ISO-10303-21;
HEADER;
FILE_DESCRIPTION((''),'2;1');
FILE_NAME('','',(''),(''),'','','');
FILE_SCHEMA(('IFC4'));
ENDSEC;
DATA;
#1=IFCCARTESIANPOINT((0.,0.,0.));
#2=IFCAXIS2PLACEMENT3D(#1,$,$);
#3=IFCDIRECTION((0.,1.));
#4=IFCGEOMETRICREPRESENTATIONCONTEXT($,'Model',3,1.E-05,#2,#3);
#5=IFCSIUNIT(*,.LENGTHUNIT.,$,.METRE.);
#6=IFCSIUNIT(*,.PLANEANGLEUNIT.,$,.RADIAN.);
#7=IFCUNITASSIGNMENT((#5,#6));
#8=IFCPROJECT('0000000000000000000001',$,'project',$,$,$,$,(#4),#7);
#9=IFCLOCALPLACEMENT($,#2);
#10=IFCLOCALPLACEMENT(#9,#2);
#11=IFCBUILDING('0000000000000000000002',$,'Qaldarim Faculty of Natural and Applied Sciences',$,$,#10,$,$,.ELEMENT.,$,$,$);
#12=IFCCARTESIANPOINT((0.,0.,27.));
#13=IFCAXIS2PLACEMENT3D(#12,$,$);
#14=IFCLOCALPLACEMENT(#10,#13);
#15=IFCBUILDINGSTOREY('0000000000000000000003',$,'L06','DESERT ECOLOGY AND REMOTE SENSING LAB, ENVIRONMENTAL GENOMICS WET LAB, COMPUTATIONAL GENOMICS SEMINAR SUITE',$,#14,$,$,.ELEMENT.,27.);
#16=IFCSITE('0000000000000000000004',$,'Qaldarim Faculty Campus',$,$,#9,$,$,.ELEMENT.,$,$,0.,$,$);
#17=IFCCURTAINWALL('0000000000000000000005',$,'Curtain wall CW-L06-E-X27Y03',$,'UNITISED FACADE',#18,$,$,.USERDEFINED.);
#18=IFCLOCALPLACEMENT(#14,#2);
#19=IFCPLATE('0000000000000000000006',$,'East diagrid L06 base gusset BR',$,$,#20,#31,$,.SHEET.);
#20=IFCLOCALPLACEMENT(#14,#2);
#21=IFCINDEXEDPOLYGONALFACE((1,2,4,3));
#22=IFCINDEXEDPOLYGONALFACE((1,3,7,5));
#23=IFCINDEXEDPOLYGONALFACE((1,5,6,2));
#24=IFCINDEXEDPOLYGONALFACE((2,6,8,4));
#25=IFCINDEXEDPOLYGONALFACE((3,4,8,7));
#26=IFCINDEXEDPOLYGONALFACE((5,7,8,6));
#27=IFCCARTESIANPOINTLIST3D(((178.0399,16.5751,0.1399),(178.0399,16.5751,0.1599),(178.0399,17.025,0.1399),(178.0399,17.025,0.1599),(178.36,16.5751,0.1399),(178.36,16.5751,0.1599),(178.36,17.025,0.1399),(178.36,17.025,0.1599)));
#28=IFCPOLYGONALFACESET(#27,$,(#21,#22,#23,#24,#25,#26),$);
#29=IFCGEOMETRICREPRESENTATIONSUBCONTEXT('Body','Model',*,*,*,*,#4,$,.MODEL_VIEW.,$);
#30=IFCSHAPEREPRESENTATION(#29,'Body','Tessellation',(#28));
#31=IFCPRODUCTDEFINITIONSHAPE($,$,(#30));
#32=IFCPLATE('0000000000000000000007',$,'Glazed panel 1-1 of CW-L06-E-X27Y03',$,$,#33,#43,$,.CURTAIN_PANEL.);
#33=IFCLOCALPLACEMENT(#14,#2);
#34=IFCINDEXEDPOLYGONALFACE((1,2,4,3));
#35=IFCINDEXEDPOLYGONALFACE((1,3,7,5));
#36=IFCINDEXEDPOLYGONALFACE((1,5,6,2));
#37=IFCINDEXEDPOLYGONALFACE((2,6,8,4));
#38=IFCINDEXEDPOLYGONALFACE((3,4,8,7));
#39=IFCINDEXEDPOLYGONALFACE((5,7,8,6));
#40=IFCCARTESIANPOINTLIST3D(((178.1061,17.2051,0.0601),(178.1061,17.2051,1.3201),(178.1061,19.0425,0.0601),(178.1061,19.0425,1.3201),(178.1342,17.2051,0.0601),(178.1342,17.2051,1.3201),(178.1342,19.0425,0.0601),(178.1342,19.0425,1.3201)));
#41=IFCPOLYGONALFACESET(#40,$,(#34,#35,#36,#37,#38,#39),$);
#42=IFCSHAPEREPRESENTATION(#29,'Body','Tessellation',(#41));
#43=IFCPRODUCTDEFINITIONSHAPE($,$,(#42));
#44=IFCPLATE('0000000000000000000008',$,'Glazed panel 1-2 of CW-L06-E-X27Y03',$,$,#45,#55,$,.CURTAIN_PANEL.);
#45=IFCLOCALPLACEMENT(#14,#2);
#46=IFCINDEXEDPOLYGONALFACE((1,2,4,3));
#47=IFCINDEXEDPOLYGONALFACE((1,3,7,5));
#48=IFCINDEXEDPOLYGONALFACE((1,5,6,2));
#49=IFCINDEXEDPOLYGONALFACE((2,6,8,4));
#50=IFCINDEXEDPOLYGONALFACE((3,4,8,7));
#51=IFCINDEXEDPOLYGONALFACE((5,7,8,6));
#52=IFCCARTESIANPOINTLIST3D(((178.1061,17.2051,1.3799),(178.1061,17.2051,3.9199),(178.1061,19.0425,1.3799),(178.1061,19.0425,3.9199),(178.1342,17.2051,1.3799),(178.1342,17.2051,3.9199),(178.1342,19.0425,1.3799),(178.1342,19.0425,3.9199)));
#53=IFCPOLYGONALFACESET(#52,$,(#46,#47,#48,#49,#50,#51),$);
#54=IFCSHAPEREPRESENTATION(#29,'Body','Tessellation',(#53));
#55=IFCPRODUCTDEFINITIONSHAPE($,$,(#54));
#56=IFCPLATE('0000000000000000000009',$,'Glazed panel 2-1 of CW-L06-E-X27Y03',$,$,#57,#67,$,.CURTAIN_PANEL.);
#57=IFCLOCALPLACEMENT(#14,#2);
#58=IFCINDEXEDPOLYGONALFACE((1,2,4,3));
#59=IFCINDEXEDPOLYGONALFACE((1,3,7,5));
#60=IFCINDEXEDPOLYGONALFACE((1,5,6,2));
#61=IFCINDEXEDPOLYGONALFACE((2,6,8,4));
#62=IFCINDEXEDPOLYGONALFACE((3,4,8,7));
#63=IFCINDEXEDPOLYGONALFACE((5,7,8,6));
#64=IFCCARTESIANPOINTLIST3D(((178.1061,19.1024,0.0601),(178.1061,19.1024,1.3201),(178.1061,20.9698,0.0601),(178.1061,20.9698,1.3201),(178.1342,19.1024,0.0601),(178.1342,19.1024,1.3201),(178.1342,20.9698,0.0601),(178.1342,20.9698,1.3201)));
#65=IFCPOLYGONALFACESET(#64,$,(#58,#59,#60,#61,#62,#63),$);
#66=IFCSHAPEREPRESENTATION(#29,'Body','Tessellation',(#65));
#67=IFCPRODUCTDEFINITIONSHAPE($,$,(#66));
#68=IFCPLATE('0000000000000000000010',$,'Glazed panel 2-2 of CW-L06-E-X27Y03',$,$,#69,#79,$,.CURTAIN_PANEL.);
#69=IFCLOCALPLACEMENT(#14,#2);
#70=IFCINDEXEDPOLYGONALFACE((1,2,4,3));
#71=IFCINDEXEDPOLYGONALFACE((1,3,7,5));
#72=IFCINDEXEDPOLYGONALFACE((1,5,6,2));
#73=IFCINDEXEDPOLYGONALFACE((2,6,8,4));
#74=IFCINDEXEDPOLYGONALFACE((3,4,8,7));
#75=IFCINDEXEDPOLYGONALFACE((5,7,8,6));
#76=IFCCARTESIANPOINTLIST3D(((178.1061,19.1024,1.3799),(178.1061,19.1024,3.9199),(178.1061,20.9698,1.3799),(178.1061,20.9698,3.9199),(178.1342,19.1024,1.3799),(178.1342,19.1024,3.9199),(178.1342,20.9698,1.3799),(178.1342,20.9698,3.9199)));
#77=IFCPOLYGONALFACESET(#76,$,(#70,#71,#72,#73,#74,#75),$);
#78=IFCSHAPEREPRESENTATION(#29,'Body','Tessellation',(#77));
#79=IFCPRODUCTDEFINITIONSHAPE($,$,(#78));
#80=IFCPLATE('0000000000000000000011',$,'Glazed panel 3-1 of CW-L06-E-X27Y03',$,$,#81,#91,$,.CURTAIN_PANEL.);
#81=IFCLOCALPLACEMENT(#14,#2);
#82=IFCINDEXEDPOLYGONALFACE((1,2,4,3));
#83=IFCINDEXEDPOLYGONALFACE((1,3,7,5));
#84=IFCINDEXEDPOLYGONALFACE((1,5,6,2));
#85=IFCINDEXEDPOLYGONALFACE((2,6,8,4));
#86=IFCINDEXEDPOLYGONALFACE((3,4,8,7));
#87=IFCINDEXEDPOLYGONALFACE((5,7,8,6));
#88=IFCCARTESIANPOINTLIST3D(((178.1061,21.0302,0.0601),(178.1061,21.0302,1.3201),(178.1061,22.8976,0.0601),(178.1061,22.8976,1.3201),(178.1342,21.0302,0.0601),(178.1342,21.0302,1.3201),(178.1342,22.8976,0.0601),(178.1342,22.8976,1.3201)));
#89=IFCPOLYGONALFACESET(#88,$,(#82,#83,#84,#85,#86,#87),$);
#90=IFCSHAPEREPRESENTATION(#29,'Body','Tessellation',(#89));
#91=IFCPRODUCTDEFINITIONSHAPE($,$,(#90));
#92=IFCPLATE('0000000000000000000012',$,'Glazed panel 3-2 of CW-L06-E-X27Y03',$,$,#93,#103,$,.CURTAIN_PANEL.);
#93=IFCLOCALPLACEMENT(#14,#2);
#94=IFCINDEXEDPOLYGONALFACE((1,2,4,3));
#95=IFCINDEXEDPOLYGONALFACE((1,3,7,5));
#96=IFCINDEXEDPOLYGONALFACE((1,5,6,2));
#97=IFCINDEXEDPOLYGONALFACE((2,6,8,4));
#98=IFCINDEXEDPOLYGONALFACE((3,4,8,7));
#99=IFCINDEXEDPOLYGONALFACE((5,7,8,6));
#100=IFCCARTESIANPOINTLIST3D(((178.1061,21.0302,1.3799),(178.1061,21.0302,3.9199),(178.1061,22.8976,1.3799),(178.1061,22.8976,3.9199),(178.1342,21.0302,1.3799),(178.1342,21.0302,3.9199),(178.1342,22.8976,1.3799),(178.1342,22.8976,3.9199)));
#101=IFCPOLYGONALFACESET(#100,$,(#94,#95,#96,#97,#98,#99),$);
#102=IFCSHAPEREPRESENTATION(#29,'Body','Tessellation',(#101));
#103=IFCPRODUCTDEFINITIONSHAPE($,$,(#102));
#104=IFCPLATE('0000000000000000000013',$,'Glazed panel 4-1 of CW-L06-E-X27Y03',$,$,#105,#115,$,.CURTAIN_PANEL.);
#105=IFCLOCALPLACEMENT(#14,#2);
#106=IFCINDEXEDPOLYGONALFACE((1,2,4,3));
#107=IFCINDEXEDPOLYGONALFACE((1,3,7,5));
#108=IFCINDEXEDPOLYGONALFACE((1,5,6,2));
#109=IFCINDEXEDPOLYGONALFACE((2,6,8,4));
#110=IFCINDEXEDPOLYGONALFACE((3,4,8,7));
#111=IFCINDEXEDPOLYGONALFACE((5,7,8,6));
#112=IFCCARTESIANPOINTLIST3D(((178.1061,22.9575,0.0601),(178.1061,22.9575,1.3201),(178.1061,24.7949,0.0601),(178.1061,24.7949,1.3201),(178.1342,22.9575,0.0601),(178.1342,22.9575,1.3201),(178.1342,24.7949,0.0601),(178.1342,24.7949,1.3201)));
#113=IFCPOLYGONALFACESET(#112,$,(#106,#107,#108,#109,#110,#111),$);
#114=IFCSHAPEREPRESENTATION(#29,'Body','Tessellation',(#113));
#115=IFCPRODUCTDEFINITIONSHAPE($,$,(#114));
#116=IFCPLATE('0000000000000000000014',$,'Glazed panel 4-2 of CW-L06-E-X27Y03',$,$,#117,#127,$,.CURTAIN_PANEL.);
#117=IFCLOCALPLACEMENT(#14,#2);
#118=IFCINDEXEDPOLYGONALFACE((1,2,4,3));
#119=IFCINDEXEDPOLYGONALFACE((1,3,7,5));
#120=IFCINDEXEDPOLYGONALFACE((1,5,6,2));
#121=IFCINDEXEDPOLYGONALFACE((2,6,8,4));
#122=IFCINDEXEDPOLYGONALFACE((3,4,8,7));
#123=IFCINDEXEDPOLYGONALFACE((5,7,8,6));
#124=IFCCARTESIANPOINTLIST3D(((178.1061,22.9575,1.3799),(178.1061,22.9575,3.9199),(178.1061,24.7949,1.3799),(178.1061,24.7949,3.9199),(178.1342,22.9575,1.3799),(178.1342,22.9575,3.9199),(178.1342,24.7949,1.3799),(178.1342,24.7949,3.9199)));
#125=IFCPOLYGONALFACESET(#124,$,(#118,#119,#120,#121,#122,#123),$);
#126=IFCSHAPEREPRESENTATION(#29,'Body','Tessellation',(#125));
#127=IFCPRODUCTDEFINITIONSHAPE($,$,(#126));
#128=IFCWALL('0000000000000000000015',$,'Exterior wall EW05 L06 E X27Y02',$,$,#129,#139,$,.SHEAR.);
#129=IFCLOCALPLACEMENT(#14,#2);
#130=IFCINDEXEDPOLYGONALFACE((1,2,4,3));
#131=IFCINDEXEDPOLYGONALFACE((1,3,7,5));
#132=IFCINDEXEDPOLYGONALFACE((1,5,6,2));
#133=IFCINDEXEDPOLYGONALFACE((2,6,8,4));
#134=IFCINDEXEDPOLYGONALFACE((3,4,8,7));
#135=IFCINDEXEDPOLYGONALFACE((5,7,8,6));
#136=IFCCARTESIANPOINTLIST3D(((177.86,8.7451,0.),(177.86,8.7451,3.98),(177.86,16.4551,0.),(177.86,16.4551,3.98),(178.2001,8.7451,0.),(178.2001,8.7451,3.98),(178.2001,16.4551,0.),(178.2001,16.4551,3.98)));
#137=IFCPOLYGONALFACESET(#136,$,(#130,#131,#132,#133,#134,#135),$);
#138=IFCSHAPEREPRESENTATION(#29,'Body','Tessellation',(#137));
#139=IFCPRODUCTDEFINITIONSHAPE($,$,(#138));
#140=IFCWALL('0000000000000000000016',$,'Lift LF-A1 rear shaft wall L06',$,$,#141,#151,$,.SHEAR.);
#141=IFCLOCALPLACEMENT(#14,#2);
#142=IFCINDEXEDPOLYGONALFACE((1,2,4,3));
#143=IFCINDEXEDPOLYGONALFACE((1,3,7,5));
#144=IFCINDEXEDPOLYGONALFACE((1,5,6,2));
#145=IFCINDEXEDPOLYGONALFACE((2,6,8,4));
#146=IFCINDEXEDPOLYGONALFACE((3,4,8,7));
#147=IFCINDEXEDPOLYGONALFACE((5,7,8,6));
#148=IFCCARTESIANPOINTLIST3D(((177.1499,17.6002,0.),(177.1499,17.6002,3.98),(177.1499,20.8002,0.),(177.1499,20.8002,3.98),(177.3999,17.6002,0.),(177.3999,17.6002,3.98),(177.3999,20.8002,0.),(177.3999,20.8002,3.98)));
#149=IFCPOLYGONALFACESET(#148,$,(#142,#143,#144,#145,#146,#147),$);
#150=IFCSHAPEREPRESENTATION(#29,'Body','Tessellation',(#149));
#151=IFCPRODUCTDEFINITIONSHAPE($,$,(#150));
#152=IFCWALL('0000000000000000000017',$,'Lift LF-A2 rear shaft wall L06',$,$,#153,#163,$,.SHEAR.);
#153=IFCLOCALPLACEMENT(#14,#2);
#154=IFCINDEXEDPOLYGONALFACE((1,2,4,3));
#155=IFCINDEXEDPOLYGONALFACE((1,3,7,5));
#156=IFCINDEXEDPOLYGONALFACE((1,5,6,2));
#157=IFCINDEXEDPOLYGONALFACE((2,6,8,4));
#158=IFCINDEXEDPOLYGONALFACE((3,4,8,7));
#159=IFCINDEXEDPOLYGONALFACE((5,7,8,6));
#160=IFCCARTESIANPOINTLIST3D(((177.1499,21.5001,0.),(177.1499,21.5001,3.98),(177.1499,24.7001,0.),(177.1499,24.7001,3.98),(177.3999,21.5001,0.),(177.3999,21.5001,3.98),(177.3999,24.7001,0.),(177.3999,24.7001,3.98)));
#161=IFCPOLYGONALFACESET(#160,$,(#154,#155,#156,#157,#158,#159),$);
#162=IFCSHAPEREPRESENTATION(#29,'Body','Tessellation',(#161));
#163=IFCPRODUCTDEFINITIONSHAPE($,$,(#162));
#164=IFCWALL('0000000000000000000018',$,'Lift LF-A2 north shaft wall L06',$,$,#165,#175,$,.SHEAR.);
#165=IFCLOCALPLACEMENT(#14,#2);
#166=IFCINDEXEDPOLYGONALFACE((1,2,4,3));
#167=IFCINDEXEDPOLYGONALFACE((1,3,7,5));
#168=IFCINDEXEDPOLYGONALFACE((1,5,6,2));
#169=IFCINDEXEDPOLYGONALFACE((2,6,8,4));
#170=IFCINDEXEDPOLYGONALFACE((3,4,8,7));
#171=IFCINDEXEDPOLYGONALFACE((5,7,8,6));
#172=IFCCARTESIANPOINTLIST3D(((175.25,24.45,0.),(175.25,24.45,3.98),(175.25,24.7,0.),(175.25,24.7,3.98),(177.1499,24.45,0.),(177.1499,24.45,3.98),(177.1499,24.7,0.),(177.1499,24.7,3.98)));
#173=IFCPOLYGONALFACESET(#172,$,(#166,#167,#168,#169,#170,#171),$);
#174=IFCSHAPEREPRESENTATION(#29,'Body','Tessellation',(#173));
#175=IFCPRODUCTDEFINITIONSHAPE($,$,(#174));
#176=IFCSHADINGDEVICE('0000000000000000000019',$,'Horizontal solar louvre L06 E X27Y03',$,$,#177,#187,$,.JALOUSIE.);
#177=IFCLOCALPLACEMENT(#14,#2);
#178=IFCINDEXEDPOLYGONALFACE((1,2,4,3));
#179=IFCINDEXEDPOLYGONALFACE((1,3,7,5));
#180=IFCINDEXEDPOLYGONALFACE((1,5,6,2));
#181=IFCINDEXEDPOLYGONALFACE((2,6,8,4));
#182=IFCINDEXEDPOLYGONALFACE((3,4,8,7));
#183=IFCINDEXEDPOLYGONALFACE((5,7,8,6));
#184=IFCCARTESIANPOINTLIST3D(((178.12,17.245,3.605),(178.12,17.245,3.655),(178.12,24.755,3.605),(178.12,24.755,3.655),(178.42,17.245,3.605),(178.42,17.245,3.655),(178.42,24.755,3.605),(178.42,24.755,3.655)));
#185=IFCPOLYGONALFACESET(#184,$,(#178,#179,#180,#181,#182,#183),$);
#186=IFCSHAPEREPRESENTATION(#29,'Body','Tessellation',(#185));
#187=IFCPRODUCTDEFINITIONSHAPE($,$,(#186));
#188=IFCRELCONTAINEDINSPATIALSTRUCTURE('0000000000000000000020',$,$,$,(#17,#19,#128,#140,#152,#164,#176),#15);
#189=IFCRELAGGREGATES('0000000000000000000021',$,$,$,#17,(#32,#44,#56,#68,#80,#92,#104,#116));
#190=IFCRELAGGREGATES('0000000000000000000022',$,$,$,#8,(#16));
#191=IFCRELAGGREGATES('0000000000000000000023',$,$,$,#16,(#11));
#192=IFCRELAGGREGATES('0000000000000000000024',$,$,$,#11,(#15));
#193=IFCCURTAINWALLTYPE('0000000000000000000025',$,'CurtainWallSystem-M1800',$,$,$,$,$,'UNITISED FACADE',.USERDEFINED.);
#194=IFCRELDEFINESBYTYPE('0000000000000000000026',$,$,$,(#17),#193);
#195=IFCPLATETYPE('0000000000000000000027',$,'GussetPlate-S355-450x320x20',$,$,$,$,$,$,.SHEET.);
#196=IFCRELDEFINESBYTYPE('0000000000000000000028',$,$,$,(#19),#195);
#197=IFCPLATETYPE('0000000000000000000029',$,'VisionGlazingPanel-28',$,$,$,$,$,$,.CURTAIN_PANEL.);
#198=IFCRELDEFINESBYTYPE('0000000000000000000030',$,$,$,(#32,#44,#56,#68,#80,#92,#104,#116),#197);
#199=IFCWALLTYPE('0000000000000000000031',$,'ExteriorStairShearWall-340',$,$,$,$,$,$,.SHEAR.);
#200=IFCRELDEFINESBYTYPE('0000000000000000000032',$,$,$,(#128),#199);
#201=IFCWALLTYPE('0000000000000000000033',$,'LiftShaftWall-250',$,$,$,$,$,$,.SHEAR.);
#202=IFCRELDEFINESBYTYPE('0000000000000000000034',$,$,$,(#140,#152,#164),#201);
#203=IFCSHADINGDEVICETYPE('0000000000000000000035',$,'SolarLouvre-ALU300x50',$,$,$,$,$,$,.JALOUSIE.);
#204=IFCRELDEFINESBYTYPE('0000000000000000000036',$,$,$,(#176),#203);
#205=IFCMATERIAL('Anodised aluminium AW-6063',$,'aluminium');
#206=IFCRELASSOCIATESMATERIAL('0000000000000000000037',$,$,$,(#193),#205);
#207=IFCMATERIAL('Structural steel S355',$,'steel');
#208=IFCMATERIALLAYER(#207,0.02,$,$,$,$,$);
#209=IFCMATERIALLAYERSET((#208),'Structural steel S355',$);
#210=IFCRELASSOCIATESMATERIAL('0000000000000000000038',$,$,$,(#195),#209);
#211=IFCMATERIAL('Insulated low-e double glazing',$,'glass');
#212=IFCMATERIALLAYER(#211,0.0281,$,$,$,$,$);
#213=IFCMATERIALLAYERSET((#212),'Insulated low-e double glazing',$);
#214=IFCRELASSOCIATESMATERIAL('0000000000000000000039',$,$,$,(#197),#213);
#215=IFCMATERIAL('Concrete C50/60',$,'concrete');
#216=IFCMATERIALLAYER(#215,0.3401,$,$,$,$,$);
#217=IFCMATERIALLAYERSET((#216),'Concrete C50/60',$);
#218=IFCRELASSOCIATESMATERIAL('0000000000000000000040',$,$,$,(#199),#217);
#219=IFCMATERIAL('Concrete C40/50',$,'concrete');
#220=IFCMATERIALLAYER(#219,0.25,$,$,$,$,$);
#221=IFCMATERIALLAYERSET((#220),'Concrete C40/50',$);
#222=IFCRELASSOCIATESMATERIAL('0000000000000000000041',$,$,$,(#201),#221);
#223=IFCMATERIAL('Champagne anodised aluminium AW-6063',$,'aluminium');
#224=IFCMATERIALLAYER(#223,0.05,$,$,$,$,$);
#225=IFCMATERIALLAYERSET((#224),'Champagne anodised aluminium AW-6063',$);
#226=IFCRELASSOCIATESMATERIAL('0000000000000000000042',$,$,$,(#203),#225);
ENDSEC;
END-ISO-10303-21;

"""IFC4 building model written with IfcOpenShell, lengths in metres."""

from ifc_helpers import new_model, si_unit, direction, frame, frame_2d, origin, origin_2d, place, context, subcontext, project, spatial, rectangle, extrude, material, layer, layer_set, type_object, element, aggregate, save


model = new_model("IFC4")

# Units and contexts
model_context = context("Model", 3, precision=1e-05, world=origin(), true_north=direction((0.0, 1.0)))
body_context = subcontext(model_context, "Body", "Model", "MODEL_VIEW")
ifc_project = project(units=[si_unit("LENGTHUNIT", "METRE"), si_unit("PLANEANGLEUNIT", "RADIAN")], contexts=[model_context])

# Site, building, storey
site_placement = place(None, origin())
site = spatial("IfcSite", under=ifc_project, at=site_placement, Name="Qaldarim Faculty Campus", CompositionType="ELEMENT", RefElevation=0.0)
building_placement = place(site_placement, origin())
building = spatial("IfcBuilding", under=site, at=building_placement, Name="Qaldarim Faculty of Natural and Applied Sciences", CompositionType="ELEMENT")
storey_placement = place(building_placement, frame((0.0, 0.0, 27.0)))
storey = spatial("IfcBuildingStorey", under=building, at=storey_placement, Name="L06", Description="DESERT ECOLOGY AND REMOTE SENSING LAB, ENVIRONMENTAL GENOMICS WET LAB, COMPUTATIONAL GENOMICS SEMINAR SUITE", CompositionType="ELEMENT", Elevation=27.0)

# Shared definitions
ifc_material_1 = material(Name="Concrete C50/60", Category="concrete")

# Shared definitions
ifc_material_2 = material(Name="Concrete C40/50", Category="concrete")

# Curtain wall
ifc_material_3 = material(Name="Anodised aluminium AW-6063", Category="aluminium")
curtain_wall_type = type_object("IfcCurtainWallType", Name="CurtainWallSystem-M1800", ElementType="UNITISED FACADE", PredefinedType="USERDEFINED", material=ifc_material_3)
curtain_wall_placement = place(storey_placement, origin())
curtain_wall = element("IfcCurtainWall", 1, at=curtain_wall_placement, inside=storey, type_object=curtain_wall_type, Name="Curtain wall CW-L06-E-X27Y03", ObjectType="UNITISED FACADE", PredefinedType="USERDEFINED")

# Shared definitions
ifc_material_4 = material(Name="Structural steel S355", Category="steel")

# Plate
ifc_layer_1 = layer(ifc_material_4, 0.02)
ifc_layer_set_1 = layer_set([ifc_layer_1], Name="Structural steel S355")
plate_type_1 = type_object("IfcPlateType", Name="GussetPlate-S355-450x320x20", PredefinedType="SHEET", material=ifc_layer_set_1)
for number, where, z_axis, x_axis, name in (
    (2, (178.2, 16.8, 0.1399), (0.0, 0.0, 1.0), (0.0, 1.0, 0.0), "East diagrid L06 base gusset BR"),
):
    element("IfcPlate", number, at=place(storey_placement, frame(where, z_axis=z_axis, x_axis=x_axis)), inside=storey, type_object=plate_type_1, Name=name, PredefinedType="SHEET", context=body_context, shape_type="SweptSolid", body=[
        extrude(rectangle(XDim=0.45, YDim=0.3201, at=origin_2d()), origin(), (0.0, 0.0, 1.0), 0.02),
    ])

# Plates
ifc_material_5 = material(Name="Insulated low-e double glazing", Category="glass")
ifc_layer_2 = layer(ifc_material_5, 0.0281)
ifc_layer_set_2 = layer_set([ifc_layer_2], Name="Insulated low-e double glazing")
plate_type_2 = type_object("IfcPlateType", Name="VisionGlazingPanel-28", PredefinedType="CURTAIN_PANEL", material=ifc_layer_set_2)
plate_1_placement = place(storey_placement, frame((178.1201, 18.1238, 0.0601), z_axis=(0.0, 0.0, 1.0), x_axis=(0.0, 1.0, 0.0)))
plate_1 = element("IfcPlate", 3, at=plate_1_placement, type_object=plate_type_2, Name="Glazed panel 1-1 of CW-L06-E-X27Y03", PredefinedType="CURTAIN_PANEL", context=body_context, shape_type="SweptSolid", body=[
    extrude(rectangle(XDim=1.8374, YDim=0.0281, at=origin_2d()), origin(), (0.0, 0.0, 1.0), 1.26),
])
plate_2_placement = place(storey_placement, frame((178.1201, 18.1238, 1.3799), z_axis=(0.0, 0.0, 1.0), x_axis=(0.0, 1.0, 0.0)))
plate_2 = element("IfcPlate", 4, at=plate_2_placement, type_object=plate_type_2, Name="Glazed panel 1-2 of CW-L06-E-X27Y03", PredefinedType="CURTAIN_PANEL", context=body_context, shape_type="SweptSolid", body=[
    extrude(rectangle(XDim=1.8374, YDim=0.0281, at=origin_2d()), origin(), (0.0, 0.0, 1.0), 2.54),
])
plate_3_placement = place(storey_placement, frame((178.1201, 20.0361, 0.0601), z_axis=(0.0, 0.0, 1.0), x_axis=(0.0, 1.0, 0.0)))
plate_3 = element("IfcPlate", 5, at=plate_3_placement, type_object=plate_type_2, Name="Glazed panel 2-1 of CW-L06-E-X27Y03", PredefinedType="CURTAIN_PANEL", context=body_context, shape_type="SweptSolid", body=[
    extrude(rectangle(XDim=1.8674, YDim=0.0281, at=origin_2d()), origin(), (0.0, 0.0, 1.0), 1.26),
])
plate_4_placement = place(storey_placement, frame((178.1201, 20.0361, 1.3799), z_axis=(0.0, 0.0, 1.0), x_axis=(0.0, 1.0, 0.0)))
plate_4 = element("IfcPlate", 6, at=plate_4_placement, type_object=plate_type_2, Name="Glazed panel 2-2 of CW-L06-E-X27Y03", PredefinedType="CURTAIN_PANEL", context=body_context, shape_type="SweptSolid", body=[
    extrude(rectangle(XDim=1.8674, YDim=0.0281, at=origin_2d()), origin(), (0.0, 0.0, 1.0), 2.54),
])
plate_5_placement = place(storey_placement, frame((178.1201, 21.9639, 0.0601), z_axis=(0.0, 0.0, 1.0), x_axis=(0.0, 1.0, 0.0)))
plate_5 = element("IfcPlate", 7, at=plate_5_placement, type_object=plate_type_2, Name="Glazed panel 3-1 of CW-L06-E-X27Y03", PredefinedType="CURTAIN_PANEL", context=body_context, shape_type="SweptSolid", body=[
    extrude(rectangle(XDim=1.8674, YDim=0.0281, at=origin_2d()), origin(), (0.0, 0.0, 1.0), 1.26),
])
plate_6_placement = place(storey_placement, frame((178.1201, 21.9639, 1.3799), z_axis=(0.0, 0.0, 1.0), x_axis=(0.0, 1.0, 0.0)))
plate_6 = element("IfcPlate", 8, at=plate_6_placement, type_object=plate_type_2, Name="Glazed panel 3-2 of CW-L06-E-X27Y03", PredefinedType="CURTAIN_PANEL", context=body_context, shape_type="SweptSolid", body=[
    extrude(rectangle(XDim=1.8674, YDim=0.0281, at=origin_2d()), origin(), (0.0, 0.0, 1.0), 2.54),
])
plate_7_placement = place(storey_placement, frame((178.1201, 23.8762, 0.0601), z_axis=(0.0, 0.0, 1.0), x_axis=(0.0, 1.0, 0.0)))
plate_7 = element("IfcPlate", 9, at=plate_7_placement, type_object=plate_type_2, Name="Glazed panel 4-1 of CW-L06-E-X27Y03", PredefinedType="CURTAIN_PANEL", context=body_context, shape_type="SweptSolid", body=[
    extrude(rectangle(XDim=1.8374, YDim=0.0281, at=origin_2d()), origin(), (0.0, 0.0, 1.0), 1.26),
])
plate_8_placement = place(storey_placement, frame((178.1201, 23.8762, 1.3799), z_axis=(0.0, 0.0, 1.0), x_axis=(0.0, 1.0, 0.0)))
plate_8 = element("IfcPlate", 10, at=plate_8_placement, type_object=plate_type_2, Name="Glazed panel 4-2 of CW-L06-E-X27Y03", PredefinedType="CURTAIN_PANEL", context=body_context, shape_type="SweptSolid", body=[
    extrude(rectangle(XDim=1.8374, YDim=0.0281, at=origin_2d()), origin(), (0.0, 0.0, 1.0), 2.54),
])
aggregate(curtain_wall, [plate_1, plate_2, plate_3, plate_4, plate_5, plate_6, plate_7, plate_8])

# Walls
ifc_layer_3 = layer(ifc_material_1, 0.3401)
ifc_layer_set_3 = layer_set([ifc_layer_3], Name="Concrete C50/60")
wall_type_1 = type_object("IfcWallType", Name="ExteriorStairShearWall-340", PredefinedType="SHEAR", material=ifc_layer_set_3)
wall_1_placement = place(storey_placement, frame((178.03, 8.7451, 0.0), z_axis=(0.0, 0.0, 1.0), x_axis=(0.0, 1.0, 0.0)))
element("IfcWall", 11, at=wall_1_placement, inside=storey, type_object=wall_type_1, Name="Exterior wall EW05 L06 E X27Y02", PredefinedType="SHEAR", context=body_context, shape_type="SweptSolid", body=[
    extrude(rectangle(XDim=7.71, YDim=0.3401, at=frame_2d((3.855, 0.0))), origin(), (0.0, 0.0, 1.0), 3.98),
])
ifc_layer_4 = layer(ifc_material_2, 0.25)
ifc_layer_set_4 = layer_set([ifc_layer_4], Name="Concrete C40/50")
wall_type_2 = type_object("IfcWallType", Name="LiftShaftWall-250", PredefinedType="SHEAR", material=ifc_layer_set_4)
for number, where, z_axis, x_axis, name in (
    (12, (177.2749, 17.6001, 0.0), (0.0, 0.0, 1.0), (0.0, 1.0, 0.0), "Lift LF-A1 rear shaft wall L06"),
    (13, (177.2749, 21.5, 0.0), (0.0, 0.0, 1.0), (0.0, 1.0, 0.0), "Lift LF-A2 rear shaft wall L06"),
):
    element("IfcWall", number, at=place(storey_placement, frame(where, z_axis=z_axis, x_axis=x_axis)), inside=storey, type_object=wall_type_2, Name=name, PredefinedType="SHEAR", context=body_context, shape_type="SweptSolid", body=[
        extrude(rectangle(XDim=3.2, YDim=0.25, at=frame_2d((1.6001, 0.0))), origin(), (0.0, 0.0, 1.0), 3.98),
    ])
wall_2_placement = place(storey_placement, frame((175.25, 24.575, 0.0), z_axis=(0.0, 0.0, 1.0), x_axis=(1.0, 0.0, 0.0)))
element("IfcWall", 14, at=wall_2_placement, inside=storey, type_object=wall_type_2, Name="Lift LF-A2 north shaft wall L06", PredefinedType="SHEAR", context=body_context, shape_type="SweptSolid", body=[
    extrude(rectangle(XDim=1.8999, YDim=0.25, at=frame_2d((0.95, 0.0))), origin(), (0.0, 0.0, 1.0), 3.98),
])

# Shading device
ifc_material_6 = material(Name="Champagne anodised aluminium AW-6063", Category="aluminium")
ifc_layer_5 = layer(ifc_material_6, 0.05)
ifc_layer_set_5 = layer_set([ifc_layer_5], Name="Champagne anodised aluminium AW-6063")
shading_device_type_1 = type_object("IfcShadingDeviceType", Name="SolarLouvre-ALU300x50", PredefinedType="JALOUSIE", material=ifc_layer_set_5)
shading_device_1_placement = place(storey_placement, frame((178.27, 21.0, 3.605), z_axis=(0.0, 0.0, 1.0), x_axis=(0.0, 1.0, 0.0)))
element("IfcShadingDevice", 15, at=shading_device_1_placement, inside=storey, type_object=shading_device_type_1, Name="Horizontal solar louvre L06 E X27Y03", PredefinedType="JALOUSIE", context=body_context, shape_type="SweptSolid", body=[
    extrude(rectangle(XDim=7.51, YDim=0.3, at=origin_2d()), origin(), (0.0, 0.0, 1.0), 0.05),
])

save(model, "model.ifc")
